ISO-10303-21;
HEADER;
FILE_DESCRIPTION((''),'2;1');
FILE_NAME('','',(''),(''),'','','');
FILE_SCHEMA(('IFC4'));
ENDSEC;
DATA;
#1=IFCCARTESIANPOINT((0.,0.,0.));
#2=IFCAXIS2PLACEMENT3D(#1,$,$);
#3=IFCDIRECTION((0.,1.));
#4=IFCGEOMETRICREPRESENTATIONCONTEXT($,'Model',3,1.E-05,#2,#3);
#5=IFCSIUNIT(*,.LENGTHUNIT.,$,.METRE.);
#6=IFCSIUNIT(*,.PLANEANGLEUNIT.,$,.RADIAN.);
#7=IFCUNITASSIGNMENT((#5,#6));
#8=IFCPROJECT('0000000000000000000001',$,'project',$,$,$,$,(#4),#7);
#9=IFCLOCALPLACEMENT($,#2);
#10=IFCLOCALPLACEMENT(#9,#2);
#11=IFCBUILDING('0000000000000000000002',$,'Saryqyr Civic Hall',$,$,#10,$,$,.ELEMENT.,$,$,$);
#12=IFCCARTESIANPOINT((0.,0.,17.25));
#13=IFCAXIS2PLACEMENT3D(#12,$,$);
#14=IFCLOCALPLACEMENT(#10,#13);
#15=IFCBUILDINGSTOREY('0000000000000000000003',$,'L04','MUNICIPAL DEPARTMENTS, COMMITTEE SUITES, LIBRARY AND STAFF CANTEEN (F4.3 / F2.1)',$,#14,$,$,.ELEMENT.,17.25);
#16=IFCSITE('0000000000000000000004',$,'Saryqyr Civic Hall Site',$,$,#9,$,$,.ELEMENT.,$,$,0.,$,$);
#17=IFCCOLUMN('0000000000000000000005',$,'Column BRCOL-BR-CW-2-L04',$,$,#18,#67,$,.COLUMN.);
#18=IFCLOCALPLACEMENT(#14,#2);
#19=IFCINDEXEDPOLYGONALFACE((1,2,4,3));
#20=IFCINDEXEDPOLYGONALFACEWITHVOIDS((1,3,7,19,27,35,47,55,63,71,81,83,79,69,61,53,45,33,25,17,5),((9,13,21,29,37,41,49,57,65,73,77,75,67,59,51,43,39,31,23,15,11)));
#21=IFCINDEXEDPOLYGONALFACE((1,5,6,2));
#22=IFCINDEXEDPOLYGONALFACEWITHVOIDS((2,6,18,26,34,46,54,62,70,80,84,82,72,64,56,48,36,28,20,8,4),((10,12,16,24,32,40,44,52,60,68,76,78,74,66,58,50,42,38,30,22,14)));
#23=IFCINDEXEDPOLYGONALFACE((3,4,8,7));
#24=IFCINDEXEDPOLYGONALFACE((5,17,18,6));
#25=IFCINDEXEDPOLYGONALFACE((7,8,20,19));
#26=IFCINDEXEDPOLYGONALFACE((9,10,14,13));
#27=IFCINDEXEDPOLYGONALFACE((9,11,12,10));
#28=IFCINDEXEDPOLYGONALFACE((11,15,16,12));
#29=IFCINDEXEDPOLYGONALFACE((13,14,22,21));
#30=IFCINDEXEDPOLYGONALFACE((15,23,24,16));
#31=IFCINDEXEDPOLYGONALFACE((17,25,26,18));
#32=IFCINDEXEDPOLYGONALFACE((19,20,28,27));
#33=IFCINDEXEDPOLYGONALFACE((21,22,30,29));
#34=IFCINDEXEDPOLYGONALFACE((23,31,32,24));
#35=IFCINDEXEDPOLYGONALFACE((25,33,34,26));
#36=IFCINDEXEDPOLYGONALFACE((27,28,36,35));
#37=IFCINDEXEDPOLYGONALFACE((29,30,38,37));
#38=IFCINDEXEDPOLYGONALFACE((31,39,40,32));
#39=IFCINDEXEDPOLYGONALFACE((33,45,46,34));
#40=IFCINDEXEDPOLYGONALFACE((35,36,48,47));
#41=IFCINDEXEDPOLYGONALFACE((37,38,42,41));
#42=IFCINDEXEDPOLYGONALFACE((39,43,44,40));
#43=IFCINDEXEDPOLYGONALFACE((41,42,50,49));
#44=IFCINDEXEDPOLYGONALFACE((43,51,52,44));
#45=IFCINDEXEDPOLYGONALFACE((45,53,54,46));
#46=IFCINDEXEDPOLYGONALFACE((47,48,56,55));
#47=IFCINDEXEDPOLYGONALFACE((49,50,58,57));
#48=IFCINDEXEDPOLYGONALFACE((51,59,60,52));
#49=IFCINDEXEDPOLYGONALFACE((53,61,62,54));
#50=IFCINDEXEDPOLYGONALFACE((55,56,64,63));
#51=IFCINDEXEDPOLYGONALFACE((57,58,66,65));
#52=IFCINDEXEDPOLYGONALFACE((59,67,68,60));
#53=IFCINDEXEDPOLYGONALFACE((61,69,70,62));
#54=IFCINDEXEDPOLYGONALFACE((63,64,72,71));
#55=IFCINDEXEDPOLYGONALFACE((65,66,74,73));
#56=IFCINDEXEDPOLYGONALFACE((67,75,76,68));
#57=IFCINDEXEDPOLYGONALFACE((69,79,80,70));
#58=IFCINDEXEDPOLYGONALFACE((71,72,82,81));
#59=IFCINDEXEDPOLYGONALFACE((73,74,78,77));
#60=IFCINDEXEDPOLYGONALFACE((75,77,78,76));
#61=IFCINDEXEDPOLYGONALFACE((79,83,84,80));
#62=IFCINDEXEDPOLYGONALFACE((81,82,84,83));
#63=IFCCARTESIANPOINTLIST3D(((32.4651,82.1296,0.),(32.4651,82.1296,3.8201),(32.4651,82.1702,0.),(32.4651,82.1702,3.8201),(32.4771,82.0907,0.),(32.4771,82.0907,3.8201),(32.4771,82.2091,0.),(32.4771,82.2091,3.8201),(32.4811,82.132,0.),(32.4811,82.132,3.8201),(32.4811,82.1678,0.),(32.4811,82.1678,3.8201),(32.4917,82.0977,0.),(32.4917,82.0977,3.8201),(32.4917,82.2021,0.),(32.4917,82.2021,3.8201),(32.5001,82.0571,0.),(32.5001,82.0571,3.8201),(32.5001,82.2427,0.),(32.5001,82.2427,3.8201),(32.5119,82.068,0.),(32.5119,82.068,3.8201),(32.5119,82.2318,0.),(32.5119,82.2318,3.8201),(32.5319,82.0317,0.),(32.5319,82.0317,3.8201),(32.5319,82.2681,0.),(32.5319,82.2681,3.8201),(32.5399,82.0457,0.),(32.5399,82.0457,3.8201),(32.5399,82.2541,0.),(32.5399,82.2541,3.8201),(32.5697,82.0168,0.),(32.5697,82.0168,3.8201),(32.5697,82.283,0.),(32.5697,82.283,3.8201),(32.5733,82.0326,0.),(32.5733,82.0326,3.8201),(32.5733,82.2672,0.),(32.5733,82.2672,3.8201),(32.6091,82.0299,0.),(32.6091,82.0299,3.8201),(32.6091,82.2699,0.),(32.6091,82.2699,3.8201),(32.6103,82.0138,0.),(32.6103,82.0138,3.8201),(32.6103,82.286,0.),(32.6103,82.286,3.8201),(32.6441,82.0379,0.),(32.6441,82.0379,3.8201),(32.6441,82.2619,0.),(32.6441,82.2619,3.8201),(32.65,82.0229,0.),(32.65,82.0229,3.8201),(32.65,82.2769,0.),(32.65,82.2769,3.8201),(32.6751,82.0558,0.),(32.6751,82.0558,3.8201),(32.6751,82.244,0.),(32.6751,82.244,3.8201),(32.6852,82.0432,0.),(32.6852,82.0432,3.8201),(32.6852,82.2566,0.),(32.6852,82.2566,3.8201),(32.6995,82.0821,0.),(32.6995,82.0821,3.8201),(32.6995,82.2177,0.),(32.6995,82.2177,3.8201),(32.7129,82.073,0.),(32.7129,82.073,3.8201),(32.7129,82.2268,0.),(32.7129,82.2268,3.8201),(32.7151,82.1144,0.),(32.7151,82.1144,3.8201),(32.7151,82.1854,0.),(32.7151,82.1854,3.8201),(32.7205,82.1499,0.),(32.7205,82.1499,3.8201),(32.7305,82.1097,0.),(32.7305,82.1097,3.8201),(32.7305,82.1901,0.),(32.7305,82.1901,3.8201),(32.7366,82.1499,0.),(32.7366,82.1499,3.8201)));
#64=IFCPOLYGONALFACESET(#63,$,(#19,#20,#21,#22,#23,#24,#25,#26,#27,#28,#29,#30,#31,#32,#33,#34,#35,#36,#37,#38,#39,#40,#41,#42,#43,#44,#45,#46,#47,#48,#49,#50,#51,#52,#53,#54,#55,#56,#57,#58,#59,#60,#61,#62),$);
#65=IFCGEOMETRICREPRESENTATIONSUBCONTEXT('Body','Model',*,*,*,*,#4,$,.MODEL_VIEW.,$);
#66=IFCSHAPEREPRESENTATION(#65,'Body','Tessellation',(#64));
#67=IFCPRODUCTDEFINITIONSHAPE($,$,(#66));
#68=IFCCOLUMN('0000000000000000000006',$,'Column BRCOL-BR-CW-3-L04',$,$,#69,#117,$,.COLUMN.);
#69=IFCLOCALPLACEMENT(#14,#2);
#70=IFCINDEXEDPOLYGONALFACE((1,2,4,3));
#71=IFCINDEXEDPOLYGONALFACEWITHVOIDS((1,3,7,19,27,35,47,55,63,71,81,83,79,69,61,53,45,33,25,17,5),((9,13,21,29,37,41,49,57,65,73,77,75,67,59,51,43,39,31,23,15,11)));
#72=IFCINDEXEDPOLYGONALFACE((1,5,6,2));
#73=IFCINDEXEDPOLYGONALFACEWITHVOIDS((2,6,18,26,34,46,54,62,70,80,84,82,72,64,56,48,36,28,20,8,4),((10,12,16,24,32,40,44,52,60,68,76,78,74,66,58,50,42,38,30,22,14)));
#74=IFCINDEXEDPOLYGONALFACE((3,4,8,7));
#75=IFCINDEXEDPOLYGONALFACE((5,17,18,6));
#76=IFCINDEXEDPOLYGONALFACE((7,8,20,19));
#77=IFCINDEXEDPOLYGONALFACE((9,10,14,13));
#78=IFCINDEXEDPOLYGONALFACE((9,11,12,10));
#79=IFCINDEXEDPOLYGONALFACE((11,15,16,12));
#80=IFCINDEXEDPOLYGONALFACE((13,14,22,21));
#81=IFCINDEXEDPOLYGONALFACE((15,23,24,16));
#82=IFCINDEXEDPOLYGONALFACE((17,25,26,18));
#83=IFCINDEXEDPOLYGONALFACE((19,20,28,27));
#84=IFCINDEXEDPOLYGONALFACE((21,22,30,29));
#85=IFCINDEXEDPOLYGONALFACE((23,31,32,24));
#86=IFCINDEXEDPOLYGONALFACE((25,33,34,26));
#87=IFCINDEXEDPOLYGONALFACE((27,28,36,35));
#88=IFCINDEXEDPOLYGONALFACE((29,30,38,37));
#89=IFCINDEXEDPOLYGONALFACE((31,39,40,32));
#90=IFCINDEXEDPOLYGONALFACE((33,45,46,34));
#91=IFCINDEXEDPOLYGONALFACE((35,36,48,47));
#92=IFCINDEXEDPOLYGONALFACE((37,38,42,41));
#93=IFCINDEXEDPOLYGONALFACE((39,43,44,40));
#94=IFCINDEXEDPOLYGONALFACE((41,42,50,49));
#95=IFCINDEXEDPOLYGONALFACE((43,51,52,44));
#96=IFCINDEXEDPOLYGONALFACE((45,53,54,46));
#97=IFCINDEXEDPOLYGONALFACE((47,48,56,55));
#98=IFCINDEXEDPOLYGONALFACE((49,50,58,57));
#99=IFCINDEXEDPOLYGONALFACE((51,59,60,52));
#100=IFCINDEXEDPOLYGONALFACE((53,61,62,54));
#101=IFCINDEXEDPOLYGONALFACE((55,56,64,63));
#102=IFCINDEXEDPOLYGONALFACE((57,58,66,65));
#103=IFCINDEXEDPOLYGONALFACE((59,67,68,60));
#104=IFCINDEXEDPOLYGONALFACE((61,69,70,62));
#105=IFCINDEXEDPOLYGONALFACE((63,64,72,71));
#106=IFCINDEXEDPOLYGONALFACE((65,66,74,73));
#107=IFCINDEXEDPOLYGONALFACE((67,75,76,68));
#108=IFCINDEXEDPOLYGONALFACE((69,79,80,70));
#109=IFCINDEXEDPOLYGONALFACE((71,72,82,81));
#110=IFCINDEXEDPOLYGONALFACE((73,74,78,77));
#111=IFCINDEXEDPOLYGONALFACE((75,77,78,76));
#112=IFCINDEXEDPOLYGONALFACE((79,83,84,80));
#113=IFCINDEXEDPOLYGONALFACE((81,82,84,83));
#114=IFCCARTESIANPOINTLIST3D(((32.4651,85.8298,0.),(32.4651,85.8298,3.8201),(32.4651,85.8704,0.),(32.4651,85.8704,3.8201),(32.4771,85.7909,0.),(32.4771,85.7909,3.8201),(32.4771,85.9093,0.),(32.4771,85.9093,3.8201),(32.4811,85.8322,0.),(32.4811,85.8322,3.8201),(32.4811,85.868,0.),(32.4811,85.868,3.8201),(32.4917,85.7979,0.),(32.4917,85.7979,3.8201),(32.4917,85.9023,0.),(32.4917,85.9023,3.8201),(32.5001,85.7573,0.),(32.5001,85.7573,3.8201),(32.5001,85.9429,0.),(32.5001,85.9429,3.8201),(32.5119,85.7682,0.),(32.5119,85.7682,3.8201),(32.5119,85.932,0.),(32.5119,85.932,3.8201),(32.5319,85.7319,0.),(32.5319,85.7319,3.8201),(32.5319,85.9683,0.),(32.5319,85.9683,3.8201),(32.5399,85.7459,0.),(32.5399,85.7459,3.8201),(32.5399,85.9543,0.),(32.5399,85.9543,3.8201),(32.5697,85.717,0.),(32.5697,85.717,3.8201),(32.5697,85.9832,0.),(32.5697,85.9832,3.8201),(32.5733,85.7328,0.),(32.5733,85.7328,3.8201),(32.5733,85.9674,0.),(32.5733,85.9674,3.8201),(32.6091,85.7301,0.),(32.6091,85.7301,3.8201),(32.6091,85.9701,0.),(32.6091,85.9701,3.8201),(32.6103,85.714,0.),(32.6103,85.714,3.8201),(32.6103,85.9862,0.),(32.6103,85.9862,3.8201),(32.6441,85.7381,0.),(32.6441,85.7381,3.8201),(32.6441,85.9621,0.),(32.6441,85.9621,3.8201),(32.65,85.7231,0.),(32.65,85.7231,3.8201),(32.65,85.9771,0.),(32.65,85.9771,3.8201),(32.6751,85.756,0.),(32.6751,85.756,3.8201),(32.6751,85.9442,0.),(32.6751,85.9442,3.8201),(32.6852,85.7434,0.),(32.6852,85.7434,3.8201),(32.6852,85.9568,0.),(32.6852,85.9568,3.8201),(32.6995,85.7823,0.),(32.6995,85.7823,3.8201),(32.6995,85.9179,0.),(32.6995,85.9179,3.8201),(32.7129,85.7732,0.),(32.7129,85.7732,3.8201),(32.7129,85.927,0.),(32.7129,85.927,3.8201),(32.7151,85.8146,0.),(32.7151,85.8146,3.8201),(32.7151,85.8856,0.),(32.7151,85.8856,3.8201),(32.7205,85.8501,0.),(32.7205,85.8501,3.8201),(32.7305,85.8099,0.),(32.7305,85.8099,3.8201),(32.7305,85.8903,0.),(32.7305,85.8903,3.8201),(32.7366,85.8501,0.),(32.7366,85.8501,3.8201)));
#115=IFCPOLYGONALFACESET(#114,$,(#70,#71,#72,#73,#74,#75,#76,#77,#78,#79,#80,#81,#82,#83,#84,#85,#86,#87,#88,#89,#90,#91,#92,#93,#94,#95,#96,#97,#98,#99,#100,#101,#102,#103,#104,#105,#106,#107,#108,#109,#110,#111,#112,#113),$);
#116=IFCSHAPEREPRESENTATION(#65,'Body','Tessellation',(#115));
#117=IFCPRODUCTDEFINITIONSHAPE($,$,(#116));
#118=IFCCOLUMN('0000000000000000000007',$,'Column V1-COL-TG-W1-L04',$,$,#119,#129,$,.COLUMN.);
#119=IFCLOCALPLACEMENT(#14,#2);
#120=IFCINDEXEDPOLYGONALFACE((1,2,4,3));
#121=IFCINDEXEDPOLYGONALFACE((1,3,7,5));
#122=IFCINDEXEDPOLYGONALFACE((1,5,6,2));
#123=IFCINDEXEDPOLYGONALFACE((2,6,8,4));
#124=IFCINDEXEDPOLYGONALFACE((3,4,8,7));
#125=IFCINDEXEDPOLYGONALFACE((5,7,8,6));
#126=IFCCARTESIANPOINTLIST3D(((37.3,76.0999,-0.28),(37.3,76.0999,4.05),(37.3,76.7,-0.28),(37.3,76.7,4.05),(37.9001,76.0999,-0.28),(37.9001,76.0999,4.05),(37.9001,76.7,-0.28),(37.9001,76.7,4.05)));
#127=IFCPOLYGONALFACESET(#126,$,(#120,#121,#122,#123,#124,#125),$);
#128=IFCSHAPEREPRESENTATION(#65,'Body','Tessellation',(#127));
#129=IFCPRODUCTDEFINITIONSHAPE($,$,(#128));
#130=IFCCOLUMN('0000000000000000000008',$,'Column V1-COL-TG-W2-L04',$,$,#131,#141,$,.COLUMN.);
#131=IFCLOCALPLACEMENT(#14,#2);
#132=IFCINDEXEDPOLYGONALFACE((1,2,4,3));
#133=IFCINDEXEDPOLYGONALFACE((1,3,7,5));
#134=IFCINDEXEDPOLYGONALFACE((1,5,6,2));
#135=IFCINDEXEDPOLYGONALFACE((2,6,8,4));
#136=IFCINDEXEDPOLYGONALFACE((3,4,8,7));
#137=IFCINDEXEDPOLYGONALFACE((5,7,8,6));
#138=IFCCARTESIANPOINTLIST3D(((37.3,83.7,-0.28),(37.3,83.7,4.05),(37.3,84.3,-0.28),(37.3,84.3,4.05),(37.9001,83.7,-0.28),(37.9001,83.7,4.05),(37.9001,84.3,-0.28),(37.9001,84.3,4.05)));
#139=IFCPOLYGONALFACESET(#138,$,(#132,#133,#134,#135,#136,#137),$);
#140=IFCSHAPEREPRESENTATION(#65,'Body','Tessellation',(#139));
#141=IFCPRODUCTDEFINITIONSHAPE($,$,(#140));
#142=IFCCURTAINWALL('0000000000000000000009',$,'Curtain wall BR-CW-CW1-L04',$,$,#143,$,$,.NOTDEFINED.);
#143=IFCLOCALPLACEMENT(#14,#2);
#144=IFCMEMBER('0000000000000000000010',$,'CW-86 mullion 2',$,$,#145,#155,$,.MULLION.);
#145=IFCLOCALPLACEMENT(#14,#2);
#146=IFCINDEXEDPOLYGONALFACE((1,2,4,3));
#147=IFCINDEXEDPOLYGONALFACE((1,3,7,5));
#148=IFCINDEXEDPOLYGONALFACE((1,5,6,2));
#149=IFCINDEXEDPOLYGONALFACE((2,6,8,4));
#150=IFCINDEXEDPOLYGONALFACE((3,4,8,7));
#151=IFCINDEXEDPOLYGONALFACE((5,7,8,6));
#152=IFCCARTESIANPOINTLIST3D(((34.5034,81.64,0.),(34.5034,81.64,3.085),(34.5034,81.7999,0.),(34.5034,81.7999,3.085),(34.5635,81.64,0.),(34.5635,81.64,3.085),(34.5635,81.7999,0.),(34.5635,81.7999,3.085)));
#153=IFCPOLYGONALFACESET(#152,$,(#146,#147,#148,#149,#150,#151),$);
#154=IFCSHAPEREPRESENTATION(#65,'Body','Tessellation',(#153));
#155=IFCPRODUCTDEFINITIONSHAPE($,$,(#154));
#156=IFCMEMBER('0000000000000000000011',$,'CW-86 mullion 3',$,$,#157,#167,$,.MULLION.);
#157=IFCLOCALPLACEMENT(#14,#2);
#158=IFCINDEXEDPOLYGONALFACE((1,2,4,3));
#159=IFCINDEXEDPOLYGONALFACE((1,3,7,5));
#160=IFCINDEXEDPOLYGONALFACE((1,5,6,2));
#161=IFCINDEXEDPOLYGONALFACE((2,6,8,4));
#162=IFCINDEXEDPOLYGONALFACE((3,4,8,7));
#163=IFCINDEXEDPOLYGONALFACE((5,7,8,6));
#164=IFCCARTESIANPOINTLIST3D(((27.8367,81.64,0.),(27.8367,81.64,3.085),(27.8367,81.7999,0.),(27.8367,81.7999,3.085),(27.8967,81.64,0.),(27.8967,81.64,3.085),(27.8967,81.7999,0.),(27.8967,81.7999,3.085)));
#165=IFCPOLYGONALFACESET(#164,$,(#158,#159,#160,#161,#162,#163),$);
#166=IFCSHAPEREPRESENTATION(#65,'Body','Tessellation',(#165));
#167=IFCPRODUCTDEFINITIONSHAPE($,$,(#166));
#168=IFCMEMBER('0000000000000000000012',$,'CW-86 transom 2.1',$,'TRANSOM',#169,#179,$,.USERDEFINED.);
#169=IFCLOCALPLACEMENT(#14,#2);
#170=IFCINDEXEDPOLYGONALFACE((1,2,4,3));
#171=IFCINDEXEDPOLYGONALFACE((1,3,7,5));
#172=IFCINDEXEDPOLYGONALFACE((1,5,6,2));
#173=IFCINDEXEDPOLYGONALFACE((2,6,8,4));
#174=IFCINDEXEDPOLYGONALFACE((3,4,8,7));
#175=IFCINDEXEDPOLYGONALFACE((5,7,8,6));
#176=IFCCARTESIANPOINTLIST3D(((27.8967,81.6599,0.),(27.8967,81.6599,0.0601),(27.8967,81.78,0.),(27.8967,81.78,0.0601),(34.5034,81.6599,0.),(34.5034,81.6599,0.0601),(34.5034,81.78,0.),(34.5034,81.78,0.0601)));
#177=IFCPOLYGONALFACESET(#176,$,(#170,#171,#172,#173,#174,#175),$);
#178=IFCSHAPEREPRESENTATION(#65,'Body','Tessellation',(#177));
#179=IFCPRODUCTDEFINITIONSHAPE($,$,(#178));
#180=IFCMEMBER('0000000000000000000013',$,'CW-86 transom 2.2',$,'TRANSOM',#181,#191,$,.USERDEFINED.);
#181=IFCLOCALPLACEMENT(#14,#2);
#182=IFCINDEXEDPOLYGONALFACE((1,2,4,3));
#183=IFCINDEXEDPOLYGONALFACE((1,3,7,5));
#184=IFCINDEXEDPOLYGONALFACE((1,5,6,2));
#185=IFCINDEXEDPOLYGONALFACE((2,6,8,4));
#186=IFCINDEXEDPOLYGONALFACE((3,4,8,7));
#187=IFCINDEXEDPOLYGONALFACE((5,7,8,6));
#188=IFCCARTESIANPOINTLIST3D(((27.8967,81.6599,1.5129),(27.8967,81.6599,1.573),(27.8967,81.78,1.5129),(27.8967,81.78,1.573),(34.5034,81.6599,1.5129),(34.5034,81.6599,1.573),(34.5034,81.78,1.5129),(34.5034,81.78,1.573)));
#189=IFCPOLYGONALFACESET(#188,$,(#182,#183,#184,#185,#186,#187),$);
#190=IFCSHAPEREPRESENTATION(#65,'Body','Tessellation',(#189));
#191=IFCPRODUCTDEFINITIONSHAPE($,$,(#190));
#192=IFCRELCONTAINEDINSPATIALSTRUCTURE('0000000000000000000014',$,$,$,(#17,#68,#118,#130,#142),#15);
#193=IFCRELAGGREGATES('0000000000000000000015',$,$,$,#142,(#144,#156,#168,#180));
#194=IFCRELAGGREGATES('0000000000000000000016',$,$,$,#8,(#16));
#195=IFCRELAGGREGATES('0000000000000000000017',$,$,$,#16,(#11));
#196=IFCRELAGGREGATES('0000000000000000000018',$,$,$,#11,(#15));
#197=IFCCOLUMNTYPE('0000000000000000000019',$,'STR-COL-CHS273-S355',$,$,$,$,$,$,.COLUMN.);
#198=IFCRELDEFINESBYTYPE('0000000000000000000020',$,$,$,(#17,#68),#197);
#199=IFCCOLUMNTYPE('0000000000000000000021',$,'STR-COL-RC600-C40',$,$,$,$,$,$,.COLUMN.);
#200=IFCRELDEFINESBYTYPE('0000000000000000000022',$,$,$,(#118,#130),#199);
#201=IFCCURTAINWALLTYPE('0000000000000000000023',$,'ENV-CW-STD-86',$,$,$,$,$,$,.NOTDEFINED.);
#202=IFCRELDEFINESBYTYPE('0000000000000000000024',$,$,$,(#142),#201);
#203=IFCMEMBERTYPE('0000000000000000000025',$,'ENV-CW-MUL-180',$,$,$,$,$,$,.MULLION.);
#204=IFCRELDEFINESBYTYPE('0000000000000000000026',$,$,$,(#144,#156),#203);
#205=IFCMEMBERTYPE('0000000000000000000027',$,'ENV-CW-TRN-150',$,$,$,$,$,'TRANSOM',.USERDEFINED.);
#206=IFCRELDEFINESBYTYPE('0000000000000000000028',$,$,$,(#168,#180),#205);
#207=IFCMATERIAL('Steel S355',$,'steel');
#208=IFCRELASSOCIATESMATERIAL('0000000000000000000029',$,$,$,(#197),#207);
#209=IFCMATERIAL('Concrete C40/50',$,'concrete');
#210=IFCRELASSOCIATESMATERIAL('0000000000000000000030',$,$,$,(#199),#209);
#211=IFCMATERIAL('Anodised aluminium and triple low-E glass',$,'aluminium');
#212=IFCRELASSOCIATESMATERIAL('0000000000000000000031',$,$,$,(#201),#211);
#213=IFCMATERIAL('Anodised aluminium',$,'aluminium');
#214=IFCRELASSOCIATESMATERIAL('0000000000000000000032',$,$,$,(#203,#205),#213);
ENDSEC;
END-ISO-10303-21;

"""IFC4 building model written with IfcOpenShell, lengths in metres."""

from ifc_helpers import new_model, si_unit, direction, frame, origin, origin_2d, place, context, subcontext, project, spatial, rectangle, hollow_circle, extrude, material, material_profile, profile_set, type_object, element, aggregate, save


model = new_model("IFC4")

# Units and contexts
model_context = context("Model", 3, precision=1e-05, world=origin(), true_north=direction((0.0, 1.0)))
body_context = subcontext(model_context, "Body", "Model", "MODEL_VIEW")
ifc_project = project(units=[si_unit("LENGTHUNIT", "METRE"), si_unit("PLANEANGLEUNIT", "RADIAN")], contexts=[model_context])

# Site, building, storey
site_placement = place(None, origin())
site = spatial("IfcSite", under=ifc_project, at=site_placement, Name="Saryqyr Civic Hall Site", CompositionType="ELEMENT", RefElevation=0.0)
building_placement = place(site_placement, origin())
building = spatial("IfcBuilding", under=site, at=building_placement, Name="Saryqyr Civic Hall", CompositionType="ELEMENT")
storey_placement = place(building_placement, frame((0.0, 0.0, 17.25)))
storey = spatial("IfcBuildingStorey", under=building, at=storey_placement, Name="L04", Description="MUNICIPAL DEPARTMENTS, COMMITTEE SUITES, LIBRARY AND STAFF CANTEEN (F4.3 / F2.1)", CompositionType="ELEMENT", Elevation=17.25)

# Columns
ifc_material_1 = material(Name="Steel S355", Category="steel")
ifc_material_profile_1 = material_profile(ifc_material_1, hollow_circle(Radius=0.1365, WallThickness=0.0161, at=origin_2d()), Name="CHS 273x16")
ifc_profile_set_1 = profile_set([ifc_material_profile_1], Name="Steel S355")
column_type_1 = type_object("IfcColumnType", Name="STR-COL-CHS273-S355", PredefinedType="COLUMN", material=ifc_profile_set_1)
for number, where, z_axis, x_axis, name in (
    (1, (32.6001, 82.1499, 0.0), (0.0, 0.0, 1.0), (1.0, 0.0, 0.0), "Column BRCOL-BR-CW-2-L04"),
    (2, (32.6001, 85.8501, 0.0), (0.0, 0.0, 1.0), (1.0, 0.0, 0.0), "Column BRCOL-BR-CW-3-L04"),
):
    element("IfcColumn", number, at=place(storey_placement, frame(where, z_axis=z_axis, x_axis=x_axis)), inside=storey, type_object=column_type_1, Name=name, PredefinedType="COLUMN", context=body_context, shape_type="SweptSolid", body=[
        extrude(hollow_circle(Radius=0.1365, WallThickness=0.0161, at=origin_2d()), origin(), (0.0, 0.0, 1.0), 3.8201),
    ])
ifc_material_2 = material(Name="Concrete C40/50", Category="concrete")
ifc_material_profile_2 = material_profile(ifc_material_2, rectangle(XDim=0.6001, YDim=0.6001, at=origin_2d()), Name="RC 600x600")
ifc_profile_set_2 = profile_set([ifc_material_profile_2], Name="Concrete C40/50")
column_type_2 = type_object("IfcColumnType", Name="STR-COL-RC600-C40", PredefinedType="COLUMN", material=ifc_profile_set_2)
for number, where, z_axis, x_axis, name in (
    (3, (37.6001, 76.3999, -0.28), (0.0, 0.0, 1.0), (1.0, 0.0, 0.0), "Column V1-COL-TG-W1-L04"),
    (4, (37.6001, 84.0, -0.28), (0.0, 0.0, 1.0), (1.0, 0.0, 0.0), "Column V1-COL-TG-W2-L04"),
):
    element("IfcColumn", number, at=place(storey_placement, frame(where, z_axis=z_axis, x_axis=x_axis)), inside=storey, type_object=column_type_2, Name=name, PredefinedType="COLUMN", context=body_context, shape_type="SweptSolid", body=[
        extrude(rectangle(XDim=0.6001, YDim=0.6001, at=origin_2d()), origin(), (0.0, 0.0, 1.0), 4.3301),
    ])

# Curtain wall, members
ifc_material_3 = material(Name="Anodised aluminium and triple low-E glass", Category="aluminium")
curtain_wall_type = type_object("IfcCurtainWallType", Name="ENV-CW-STD-86", PredefinedType="NOTDEFINED", material=ifc_material_3)
curtain_wall_placement = place(storey_placement, origin())
curtain_wall = element("IfcCurtainWall", 5, at=curtain_wall_placement, inside=storey, type_object=curtain_wall_type, Name="Curtain wall BR-CW-CW1-L04", PredefinedType="NOTDEFINED")
ifc_material_4 = material(Name="Anodised aluminium", Category="aluminium")
ifc_material_profile_3 = material_profile(ifc_material_4, rectangle(XDim=0.0601, YDim=0.1599, at=origin_2d()), Name="ALU MULLION 60x160")
ifc_profile_set_3 = profile_set([ifc_material_profile_3], Name="Anodised aluminium")
member_type_1 = type_object("IfcMemberType", Name="ENV-CW-MUL-180", PredefinedType="MULLION", material=ifc_profile_set_3)
member_1_placement = place(storey_placement, frame((34.5334, 81.72, 0.0), z_axis=(0.0, 0.0, 1.0), x_axis=(-1.0, 0.0, 0.0)))
member_1 = element("IfcMember", 6, at=member_1_placement, type_object=member_type_1, Name="CW-86 mullion 2", PredefinedType="MULLION", context=body_context, shape_type="SweptSolid", body=[
    extrude(rectangle(XDim=0.0601, YDim=0.1599, at=origin_2d()), origin(), (0.0, 0.0, 1.0), 3.085),
])
member_2_placement = place(storey_placement, frame((27.8667, 81.72, 0.0), z_axis=(0.0, 0.0, 1.0), x_axis=(-1.0, 0.0, 0.0)))
member_2 = element("IfcMember", 7, at=member_2_placement, type_object=member_type_1, Name="CW-86 mullion 3", PredefinedType="MULLION", context=body_context, shape_type="SweptSolid", body=[
    extrude(rectangle(XDim=0.0601, YDim=0.1599, at=origin_2d()), origin(), (0.0, 0.0, 1.0), 3.085),
])
ifc_material_profile_4 = material_profile(ifc_material_4, rectangle(XDim=0.1201, YDim=0.0601, at=origin_2d()), Name="ALU TRANSOM 120x60")
ifc_profile_set_4 = profile_set([ifc_material_profile_4], Name="Anodised aluminium")
member_type_2 = type_object("IfcMemberType", Name="ENV-CW-TRN-150", ElementType="TRANSOM", PredefinedType="USERDEFINED", material=ifc_profile_set_4)
member_3_placement = place(storey_placement, frame((34.5034, 81.72, 0.03), z_axis=(-1.0, 0.0, 0.0), x_axis=(0.0, -1.0, 0.0)))
member_3 = element("IfcMember", 8, at=member_3_placement, type_object=member_type_2, Name="CW-86 transom 2.1", ObjectType="TRANSOM", PredefinedType="USERDEFINED", context=body_context, shape_type="SweptSolid", body=[
    extrude(rectangle(XDim=0.1201, YDim=0.0601, at=origin_2d()), origin(), (0.0, 0.0, 1.0), 6.6067),
])
member_4_placement = place(storey_placement, frame((34.5034, 81.72, 1.543), z_axis=(-1.0, 0.0, 0.0), x_axis=(0.0, -1.0, 0.0)))
member_4 = element("IfcMember", 9, at=member_4_placement, type_object=member_type_2, Name="CW-86 transom 2.2", ObjectType="TRANSOM", PredefinedType="USERDEFINED", context=body_context, shape_type="SweptSolid", body=[
    extrude(rectangle(XDim=0.1201, YDim=0.0601, at=origin_2d()), origin(), (0.0, 0.0, 1.0), 6.6067),
])

aggregate(curtain_wall, [member_1, member_2, member_3, member_4])

save(model, "model.ifc")
